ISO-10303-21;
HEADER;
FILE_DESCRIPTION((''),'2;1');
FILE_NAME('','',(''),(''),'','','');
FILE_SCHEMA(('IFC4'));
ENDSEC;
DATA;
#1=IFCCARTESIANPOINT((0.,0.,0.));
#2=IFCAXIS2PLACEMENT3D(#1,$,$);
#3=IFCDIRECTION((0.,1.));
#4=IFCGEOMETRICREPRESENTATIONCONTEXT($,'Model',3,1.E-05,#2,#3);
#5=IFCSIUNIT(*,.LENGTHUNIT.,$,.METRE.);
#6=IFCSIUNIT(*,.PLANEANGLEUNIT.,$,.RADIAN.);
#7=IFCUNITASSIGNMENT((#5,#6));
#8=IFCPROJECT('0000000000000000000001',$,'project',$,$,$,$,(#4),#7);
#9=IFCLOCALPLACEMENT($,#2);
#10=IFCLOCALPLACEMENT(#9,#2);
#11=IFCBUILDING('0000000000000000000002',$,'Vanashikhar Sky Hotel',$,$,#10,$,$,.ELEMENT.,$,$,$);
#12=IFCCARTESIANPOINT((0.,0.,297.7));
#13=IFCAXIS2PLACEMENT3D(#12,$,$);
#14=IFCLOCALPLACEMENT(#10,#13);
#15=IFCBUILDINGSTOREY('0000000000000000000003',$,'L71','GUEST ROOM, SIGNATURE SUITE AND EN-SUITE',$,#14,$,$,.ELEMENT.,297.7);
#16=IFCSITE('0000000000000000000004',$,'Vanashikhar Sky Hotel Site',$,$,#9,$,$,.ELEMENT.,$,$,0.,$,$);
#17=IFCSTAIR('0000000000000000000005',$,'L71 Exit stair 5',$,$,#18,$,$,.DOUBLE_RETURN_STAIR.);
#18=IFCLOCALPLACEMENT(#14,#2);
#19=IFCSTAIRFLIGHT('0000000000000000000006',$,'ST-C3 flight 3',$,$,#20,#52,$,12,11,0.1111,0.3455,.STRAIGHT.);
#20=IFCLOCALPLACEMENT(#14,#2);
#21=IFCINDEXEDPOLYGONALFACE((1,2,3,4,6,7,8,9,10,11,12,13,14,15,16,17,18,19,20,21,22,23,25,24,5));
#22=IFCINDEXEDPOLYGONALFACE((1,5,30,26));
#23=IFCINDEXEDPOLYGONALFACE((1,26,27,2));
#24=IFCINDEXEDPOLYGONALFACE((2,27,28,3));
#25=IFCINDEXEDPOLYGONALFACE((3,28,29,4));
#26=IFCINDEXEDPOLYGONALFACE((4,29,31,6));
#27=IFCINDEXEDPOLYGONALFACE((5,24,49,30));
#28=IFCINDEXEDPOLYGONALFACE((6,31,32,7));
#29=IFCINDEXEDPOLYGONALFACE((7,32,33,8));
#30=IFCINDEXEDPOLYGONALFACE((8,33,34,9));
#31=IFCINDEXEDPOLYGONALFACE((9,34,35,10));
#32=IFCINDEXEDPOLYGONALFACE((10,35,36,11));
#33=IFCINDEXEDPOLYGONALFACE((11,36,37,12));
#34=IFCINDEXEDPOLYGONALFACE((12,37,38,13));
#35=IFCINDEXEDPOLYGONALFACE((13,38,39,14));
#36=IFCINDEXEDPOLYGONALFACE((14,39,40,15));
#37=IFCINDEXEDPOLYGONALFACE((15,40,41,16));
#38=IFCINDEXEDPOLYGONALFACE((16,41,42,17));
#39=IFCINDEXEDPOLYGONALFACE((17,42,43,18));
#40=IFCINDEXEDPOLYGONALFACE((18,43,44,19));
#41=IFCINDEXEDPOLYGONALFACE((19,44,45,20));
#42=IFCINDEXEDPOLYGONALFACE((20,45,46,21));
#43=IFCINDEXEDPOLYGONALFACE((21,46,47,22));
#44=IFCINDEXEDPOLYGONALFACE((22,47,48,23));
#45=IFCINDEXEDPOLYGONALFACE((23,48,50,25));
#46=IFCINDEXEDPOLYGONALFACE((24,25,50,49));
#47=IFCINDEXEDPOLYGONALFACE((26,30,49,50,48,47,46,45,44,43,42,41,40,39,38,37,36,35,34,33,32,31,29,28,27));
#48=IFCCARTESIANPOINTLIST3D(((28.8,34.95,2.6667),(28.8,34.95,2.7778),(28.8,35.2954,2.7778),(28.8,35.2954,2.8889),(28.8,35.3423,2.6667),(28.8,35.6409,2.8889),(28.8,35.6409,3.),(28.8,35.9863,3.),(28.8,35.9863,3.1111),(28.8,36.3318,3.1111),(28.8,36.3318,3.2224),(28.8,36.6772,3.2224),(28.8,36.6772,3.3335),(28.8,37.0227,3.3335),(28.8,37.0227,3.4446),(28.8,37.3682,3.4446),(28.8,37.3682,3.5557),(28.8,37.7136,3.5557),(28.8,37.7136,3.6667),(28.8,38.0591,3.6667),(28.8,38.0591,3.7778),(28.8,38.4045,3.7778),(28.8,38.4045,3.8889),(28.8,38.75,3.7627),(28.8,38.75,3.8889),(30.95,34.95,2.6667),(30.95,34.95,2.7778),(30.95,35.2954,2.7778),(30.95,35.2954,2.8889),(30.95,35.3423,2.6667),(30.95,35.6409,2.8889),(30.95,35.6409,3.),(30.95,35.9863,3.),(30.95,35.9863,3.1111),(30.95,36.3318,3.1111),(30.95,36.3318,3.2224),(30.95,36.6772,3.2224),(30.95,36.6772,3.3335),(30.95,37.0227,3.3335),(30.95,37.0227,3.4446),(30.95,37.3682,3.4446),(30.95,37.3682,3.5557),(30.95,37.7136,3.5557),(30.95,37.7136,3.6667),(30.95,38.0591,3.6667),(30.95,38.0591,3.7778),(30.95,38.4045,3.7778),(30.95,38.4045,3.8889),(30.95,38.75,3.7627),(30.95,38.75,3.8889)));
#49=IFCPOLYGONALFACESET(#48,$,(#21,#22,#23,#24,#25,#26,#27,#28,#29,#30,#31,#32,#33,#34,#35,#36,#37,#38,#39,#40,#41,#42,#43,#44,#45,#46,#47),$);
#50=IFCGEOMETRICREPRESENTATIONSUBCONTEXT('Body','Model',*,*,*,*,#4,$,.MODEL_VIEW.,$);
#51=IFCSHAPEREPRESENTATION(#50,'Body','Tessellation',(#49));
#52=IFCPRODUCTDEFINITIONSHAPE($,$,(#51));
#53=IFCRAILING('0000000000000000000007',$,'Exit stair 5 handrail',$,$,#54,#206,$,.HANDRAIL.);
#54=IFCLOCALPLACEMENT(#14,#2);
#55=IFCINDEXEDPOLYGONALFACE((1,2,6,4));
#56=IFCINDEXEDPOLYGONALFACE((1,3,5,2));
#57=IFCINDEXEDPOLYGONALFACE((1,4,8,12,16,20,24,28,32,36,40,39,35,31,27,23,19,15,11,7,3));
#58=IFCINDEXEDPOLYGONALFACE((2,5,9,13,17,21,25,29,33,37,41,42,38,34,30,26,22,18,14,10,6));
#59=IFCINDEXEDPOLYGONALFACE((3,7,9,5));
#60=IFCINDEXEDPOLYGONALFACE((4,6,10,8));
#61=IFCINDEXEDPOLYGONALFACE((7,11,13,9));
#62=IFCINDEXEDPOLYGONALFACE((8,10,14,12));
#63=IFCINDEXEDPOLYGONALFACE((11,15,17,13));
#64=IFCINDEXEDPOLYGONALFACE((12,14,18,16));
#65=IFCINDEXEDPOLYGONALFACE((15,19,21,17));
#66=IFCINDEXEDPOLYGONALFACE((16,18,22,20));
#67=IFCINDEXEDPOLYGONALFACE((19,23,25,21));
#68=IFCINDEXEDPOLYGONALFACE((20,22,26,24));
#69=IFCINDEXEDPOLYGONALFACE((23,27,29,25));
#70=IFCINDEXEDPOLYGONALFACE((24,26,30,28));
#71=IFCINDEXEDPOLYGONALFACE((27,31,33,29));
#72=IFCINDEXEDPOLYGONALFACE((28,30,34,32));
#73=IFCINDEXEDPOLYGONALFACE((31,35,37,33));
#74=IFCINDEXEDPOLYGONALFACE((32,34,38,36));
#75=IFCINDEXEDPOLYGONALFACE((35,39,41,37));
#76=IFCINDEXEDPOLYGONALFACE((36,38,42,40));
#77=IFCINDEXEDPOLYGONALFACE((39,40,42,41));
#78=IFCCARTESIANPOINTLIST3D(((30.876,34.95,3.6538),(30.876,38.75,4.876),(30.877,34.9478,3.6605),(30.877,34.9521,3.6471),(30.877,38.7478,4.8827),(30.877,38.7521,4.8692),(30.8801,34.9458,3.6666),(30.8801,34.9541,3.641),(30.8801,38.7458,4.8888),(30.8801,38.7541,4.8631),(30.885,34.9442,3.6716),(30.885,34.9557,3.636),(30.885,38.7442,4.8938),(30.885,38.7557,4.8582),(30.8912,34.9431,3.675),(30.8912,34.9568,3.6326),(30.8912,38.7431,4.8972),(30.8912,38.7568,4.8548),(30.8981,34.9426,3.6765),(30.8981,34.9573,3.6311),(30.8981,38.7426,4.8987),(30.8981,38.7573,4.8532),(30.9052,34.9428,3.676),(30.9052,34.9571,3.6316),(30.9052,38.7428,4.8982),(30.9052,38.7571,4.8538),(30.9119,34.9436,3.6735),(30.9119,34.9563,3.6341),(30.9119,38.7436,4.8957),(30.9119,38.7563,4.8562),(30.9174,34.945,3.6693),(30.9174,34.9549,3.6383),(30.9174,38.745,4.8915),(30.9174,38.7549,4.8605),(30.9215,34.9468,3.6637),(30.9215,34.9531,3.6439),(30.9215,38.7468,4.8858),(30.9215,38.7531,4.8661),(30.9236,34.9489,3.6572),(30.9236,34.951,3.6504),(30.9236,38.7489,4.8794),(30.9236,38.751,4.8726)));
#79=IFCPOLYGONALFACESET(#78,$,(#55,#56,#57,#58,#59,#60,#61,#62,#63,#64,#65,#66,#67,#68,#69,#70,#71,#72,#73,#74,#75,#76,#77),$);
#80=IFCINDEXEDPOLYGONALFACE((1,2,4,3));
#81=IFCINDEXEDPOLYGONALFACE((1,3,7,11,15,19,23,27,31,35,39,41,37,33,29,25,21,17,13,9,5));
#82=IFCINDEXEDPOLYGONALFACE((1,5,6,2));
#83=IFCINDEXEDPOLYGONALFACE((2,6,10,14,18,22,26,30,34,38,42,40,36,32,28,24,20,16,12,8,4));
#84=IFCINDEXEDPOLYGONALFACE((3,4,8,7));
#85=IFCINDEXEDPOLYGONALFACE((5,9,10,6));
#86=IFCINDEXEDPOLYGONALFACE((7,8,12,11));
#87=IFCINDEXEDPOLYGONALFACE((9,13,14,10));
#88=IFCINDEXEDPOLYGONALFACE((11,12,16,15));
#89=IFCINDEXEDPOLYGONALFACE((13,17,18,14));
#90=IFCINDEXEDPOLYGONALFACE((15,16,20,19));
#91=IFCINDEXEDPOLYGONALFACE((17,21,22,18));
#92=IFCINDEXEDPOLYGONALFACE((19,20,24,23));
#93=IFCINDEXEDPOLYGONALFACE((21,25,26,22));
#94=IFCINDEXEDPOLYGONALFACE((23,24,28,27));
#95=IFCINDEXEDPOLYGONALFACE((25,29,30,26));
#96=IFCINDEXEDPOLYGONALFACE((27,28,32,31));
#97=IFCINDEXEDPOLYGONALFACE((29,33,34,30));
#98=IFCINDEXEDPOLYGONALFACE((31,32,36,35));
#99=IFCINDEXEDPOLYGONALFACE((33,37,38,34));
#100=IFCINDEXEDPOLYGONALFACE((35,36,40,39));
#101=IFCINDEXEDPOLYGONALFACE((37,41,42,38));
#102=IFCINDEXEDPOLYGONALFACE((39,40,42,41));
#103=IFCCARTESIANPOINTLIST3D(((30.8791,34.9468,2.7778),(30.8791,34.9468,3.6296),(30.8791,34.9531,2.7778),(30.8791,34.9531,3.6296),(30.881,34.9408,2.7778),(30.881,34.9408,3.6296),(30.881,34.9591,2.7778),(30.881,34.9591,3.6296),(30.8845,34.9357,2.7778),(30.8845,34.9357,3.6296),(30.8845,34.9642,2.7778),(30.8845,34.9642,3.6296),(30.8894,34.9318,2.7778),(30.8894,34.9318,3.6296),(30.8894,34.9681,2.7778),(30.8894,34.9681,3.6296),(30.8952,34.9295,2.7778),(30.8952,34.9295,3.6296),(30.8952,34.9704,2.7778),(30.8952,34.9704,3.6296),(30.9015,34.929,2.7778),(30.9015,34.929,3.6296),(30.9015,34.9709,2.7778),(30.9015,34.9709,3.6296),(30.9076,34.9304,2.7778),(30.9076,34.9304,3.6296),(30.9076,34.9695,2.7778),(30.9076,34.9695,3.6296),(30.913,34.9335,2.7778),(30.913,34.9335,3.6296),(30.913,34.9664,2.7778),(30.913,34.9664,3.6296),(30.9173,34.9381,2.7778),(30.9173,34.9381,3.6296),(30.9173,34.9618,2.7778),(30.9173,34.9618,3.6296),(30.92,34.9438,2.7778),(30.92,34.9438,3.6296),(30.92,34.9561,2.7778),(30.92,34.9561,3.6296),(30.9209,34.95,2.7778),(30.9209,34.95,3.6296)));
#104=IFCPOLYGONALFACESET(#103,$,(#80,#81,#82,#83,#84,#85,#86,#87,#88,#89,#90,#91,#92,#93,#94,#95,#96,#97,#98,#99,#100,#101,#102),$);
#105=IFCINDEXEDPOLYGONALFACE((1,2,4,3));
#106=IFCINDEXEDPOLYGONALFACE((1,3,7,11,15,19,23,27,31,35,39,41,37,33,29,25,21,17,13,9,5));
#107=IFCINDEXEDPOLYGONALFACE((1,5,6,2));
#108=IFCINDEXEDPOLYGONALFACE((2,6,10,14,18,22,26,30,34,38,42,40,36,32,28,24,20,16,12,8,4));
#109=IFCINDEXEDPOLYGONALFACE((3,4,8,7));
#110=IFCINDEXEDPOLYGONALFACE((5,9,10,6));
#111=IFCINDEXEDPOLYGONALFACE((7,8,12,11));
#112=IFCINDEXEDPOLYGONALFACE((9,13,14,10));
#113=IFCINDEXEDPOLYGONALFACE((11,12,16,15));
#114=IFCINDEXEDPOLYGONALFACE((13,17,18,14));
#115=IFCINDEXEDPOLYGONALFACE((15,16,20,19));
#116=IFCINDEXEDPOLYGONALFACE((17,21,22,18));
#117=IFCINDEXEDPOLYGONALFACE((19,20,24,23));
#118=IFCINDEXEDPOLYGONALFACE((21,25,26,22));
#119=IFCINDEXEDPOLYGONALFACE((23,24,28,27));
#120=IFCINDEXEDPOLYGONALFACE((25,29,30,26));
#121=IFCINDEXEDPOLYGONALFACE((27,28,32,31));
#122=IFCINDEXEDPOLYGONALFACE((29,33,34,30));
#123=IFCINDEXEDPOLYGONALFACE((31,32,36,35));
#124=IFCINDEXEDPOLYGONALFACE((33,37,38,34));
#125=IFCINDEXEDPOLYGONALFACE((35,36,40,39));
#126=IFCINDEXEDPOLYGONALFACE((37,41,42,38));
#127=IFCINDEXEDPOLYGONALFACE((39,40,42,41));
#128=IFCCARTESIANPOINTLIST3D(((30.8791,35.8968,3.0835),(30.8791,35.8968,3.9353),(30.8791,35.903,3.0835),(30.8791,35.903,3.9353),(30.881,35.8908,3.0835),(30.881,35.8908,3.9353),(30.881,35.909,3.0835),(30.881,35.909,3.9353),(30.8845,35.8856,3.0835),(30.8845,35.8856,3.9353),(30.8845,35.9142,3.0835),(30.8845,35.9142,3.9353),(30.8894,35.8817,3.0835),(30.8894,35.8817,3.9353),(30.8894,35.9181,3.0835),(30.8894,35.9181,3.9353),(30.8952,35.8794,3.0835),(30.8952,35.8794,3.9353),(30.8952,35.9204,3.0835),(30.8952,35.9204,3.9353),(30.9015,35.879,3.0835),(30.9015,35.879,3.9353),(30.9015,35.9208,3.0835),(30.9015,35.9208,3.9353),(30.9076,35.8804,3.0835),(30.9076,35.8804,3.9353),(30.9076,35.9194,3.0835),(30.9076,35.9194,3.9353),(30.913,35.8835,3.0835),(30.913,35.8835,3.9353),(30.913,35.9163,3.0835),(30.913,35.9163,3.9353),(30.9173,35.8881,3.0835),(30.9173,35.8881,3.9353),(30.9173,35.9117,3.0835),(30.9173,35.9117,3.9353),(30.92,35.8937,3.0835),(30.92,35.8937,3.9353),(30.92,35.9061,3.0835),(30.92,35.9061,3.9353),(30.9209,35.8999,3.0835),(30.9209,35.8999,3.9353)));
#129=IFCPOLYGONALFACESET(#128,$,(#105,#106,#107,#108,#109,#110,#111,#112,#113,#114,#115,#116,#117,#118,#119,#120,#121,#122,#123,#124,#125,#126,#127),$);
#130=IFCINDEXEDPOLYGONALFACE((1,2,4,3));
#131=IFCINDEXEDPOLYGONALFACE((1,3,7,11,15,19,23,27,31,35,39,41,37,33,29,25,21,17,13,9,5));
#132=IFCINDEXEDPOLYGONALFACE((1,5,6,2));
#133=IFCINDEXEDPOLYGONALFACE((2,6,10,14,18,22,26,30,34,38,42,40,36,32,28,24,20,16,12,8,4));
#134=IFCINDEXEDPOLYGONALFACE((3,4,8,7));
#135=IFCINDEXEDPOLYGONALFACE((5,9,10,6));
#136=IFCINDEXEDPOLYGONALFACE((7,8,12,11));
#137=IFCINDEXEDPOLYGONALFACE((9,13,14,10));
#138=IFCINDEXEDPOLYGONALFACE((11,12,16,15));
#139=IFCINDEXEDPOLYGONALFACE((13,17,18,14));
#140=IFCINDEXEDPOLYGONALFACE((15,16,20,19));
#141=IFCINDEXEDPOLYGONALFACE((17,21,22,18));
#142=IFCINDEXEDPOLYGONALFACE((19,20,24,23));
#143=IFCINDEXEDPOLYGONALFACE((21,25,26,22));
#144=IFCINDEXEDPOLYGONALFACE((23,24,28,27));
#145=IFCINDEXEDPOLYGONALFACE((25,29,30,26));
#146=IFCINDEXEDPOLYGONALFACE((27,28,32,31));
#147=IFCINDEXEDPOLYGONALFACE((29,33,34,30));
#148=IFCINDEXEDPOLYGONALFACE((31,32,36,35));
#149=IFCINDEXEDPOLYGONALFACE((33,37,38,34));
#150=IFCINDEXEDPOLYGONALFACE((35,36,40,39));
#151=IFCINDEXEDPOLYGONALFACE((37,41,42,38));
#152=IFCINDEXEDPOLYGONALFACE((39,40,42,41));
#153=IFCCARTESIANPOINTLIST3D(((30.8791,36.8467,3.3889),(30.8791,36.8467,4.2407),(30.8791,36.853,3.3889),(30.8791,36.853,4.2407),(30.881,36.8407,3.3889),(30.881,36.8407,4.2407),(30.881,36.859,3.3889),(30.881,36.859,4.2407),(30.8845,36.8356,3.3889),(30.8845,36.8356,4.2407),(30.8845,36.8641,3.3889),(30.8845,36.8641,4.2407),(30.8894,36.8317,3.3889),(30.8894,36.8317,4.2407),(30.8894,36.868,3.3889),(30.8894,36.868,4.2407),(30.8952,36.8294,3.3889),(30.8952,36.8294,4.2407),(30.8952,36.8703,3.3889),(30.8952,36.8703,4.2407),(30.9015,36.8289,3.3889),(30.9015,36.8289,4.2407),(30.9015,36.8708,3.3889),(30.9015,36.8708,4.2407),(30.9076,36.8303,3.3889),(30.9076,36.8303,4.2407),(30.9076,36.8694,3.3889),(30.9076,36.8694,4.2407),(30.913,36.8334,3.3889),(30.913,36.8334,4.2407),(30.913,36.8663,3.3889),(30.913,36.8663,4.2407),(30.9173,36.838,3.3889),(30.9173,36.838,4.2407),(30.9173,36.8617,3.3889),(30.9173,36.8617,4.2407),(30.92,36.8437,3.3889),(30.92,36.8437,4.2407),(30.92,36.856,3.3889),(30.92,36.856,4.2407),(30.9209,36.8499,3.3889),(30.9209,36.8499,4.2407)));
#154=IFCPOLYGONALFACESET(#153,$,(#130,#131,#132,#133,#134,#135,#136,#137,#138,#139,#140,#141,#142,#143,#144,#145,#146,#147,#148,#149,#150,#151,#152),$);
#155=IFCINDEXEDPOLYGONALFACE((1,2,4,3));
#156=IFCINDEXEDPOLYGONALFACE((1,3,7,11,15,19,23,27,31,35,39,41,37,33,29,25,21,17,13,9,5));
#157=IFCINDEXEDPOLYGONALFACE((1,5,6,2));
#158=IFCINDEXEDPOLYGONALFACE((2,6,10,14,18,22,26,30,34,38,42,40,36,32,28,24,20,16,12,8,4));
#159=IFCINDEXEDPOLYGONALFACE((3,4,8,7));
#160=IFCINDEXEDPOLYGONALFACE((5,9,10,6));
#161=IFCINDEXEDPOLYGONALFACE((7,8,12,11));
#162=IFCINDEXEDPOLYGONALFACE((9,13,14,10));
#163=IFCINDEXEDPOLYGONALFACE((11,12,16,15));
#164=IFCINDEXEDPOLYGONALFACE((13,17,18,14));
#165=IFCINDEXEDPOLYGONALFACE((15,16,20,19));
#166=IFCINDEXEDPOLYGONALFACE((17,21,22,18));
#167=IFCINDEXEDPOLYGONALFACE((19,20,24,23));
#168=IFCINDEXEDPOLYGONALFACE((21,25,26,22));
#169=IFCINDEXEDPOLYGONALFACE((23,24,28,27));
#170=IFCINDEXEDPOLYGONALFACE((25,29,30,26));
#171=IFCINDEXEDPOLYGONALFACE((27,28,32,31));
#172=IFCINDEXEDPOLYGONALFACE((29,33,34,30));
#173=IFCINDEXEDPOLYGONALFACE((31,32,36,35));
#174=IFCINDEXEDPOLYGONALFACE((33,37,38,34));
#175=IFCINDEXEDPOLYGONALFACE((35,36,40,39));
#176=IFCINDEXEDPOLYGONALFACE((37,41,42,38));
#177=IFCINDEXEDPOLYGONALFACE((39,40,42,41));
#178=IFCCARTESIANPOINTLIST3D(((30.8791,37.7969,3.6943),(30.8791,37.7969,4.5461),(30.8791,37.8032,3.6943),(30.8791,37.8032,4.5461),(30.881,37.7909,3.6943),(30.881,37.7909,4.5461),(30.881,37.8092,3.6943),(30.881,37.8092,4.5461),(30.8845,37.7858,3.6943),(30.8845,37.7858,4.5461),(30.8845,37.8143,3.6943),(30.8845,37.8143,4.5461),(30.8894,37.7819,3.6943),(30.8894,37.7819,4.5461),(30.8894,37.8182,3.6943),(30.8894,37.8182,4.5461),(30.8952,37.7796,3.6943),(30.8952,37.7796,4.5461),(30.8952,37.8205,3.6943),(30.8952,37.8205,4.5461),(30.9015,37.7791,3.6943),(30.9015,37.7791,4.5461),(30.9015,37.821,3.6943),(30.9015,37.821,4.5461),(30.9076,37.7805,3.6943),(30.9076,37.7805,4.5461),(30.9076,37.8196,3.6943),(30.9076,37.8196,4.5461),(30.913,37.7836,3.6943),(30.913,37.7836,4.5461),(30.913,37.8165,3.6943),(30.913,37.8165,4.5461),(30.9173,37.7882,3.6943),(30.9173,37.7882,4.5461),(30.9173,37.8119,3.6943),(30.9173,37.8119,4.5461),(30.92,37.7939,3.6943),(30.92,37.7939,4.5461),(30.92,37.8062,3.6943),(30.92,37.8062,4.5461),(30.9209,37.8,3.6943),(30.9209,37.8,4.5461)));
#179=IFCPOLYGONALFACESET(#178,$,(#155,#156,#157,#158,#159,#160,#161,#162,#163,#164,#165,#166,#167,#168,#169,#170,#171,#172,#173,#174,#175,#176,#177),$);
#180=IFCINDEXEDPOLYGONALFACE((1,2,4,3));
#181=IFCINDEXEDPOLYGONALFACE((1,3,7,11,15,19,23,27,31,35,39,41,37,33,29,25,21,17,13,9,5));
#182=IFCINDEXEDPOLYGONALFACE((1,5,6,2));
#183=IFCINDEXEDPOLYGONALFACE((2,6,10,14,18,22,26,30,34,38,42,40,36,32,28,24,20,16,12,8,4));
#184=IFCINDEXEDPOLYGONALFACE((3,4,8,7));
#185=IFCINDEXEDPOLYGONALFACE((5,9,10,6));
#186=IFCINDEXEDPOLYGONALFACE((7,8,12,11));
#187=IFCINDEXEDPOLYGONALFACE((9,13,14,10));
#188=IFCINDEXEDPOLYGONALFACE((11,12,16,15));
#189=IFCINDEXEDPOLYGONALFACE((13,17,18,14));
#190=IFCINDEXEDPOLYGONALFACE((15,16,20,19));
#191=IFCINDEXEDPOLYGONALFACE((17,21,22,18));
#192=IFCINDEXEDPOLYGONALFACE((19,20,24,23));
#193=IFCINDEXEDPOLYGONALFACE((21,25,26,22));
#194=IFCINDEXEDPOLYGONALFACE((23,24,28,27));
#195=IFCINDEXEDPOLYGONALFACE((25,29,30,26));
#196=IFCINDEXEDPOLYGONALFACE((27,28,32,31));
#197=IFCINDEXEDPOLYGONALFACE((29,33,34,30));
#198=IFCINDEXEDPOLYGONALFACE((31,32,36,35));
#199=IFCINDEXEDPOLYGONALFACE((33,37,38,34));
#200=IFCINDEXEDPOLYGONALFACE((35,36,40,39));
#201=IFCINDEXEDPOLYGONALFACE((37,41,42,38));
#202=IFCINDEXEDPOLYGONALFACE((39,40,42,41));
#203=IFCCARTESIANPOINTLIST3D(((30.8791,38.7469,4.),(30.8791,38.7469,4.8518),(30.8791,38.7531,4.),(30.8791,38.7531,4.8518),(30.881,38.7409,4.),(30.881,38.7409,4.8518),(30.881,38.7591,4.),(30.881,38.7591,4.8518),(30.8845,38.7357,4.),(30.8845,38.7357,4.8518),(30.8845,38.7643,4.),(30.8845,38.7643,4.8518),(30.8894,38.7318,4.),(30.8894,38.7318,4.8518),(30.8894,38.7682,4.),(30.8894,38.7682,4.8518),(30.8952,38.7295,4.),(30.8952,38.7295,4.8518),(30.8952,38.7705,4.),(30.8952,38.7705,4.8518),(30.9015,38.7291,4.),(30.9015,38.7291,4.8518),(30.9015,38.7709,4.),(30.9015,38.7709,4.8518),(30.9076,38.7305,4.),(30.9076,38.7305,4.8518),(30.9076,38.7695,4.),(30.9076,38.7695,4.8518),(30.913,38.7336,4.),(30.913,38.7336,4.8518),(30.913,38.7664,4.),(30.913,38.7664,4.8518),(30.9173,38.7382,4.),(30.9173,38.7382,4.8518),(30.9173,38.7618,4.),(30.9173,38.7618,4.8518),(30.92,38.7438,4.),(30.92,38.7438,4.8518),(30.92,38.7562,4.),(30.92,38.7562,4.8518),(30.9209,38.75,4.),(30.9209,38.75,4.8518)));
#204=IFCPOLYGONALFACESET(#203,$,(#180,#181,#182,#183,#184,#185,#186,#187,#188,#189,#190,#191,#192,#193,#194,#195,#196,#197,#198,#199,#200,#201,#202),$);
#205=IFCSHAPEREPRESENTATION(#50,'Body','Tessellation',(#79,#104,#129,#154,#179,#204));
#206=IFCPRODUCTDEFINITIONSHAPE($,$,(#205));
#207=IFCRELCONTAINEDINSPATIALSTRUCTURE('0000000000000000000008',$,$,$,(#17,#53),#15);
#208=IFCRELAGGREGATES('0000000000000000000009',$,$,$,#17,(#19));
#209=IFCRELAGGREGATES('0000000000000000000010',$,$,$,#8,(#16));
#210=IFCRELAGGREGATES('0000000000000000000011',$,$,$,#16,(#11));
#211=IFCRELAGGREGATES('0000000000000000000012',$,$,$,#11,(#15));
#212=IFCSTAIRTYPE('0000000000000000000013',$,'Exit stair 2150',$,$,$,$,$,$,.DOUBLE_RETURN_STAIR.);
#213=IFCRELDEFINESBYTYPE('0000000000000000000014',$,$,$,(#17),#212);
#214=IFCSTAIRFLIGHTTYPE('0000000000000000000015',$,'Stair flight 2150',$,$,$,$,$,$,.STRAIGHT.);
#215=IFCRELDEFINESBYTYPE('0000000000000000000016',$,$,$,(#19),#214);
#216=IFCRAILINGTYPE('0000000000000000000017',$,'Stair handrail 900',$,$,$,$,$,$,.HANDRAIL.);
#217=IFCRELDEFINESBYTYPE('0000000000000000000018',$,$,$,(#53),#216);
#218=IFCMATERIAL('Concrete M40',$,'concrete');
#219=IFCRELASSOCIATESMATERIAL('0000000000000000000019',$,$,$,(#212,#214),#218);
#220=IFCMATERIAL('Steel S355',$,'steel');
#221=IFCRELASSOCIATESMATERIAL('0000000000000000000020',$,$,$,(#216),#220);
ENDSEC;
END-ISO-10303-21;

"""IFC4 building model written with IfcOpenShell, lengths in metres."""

from ifc_helpers import new_model, si_unit, direction, frame, origin, origin_2d, place, context, subcontext, project, spatial, polyline, circle, outline, extrude, source, transform, mapped, material, type_object, element, aggregate, save


model = new_model("IFC4")

# Units and contexts
model_context = context("Model", 3, precision=1e-05, world=origin(), true_north=direction((0.0, 1.0)))
body_context = subcontext(model_context, "Body", "Model", "MODEL_VIEW")
ifc_project = project(units=[si_unit("LENGTHUNIT", "METRE"), si_unit("PLANEANGLEUNIT", "RADIAN")], contexts=[model_context])

# Site, building, storey
site_placement = place(None, origin())
site = spatial("IfcSite", under=ifc_project, at=site_placement, Name="Vanashikhar Sky Hotel Site", CompositionType="ELEMENT", RefElevation=0.0)
building_placement = place(site_placement, origin())
building = spatial("IfcBuilding", under=site, at=building_placement, Name="Vanashikhar Sky Hotel", CompositionType="ELEMENT")
storey_placement = place(building_placement, frame((0.0, 0.0, 297.7)))
storey = spatial("IfcBuildingStorey", under=building, at=storey_placement, Name="L71", Description="GUEST ROOM, SIGNATURE SUITE AND EN-SUITE", CompositionType="ELEMENT", Elevation=297.7)

# Shared definitions
ifc_material_1 = material(Name="Concrete M40", Category="concrete")

# Shared definitions
stair_type = type_object("IfcStairType", Name="Exit stair 2150", PredefinedType="DOUBLE_RETURN_STAIR", material=ifc_material_1)
stair_flight_type = type_object("IfcStairFlightType", Name="Stair flight 2150", PredefinedType="STRAIGHT", material=ifc_material_1)
shared_shape_1 = source(origin(), body_context, "Body", "SweptSolid", [
    extrude(outline(polyline([(0.0, 0.0), (0.0, 0.1111), (0.3455, 0.1111), (0.3455, 0.2222), (0.6909, 0.2222), (0.6909, 0.3333), (1.0364, 0.3333), (1.0364, 0.4443), (1.3818, 0.4443), (1.3818, 0.5557), (1.7273, 0.5557), (1.7273, 0.6667), (2.0728, 0.6667), (2.0728, 0.7778), (2.4182, 0.7778), (2.4182, 0.8889), (2.7637, 0.8889), (2.7637, 1.0), (3.1091, 1.0), (3.1091, 1.1111), (3.4546, 1.1111), (3.4546, 1.2222), (3.8, 1.2222), (3.8, 1.3333), (3.8, 1.0959), (0.3923, 0.0), (0.0, 0.0)])), frame((0.0, 1.075, 0.0), z_axis=(0.0, -1.0, 0.0), x_axis=(1.0, 0.0, 0.0)), (0.0, 0.0, 1.0), 2.1499),
])

# Stair, stair flight
stair_1_placement = place(storey_placement, origin())
stair_1 = element("IfcStair", 1, at=stair_1_placement, inside=storey, type_object=stair_type, Name="L71 Exit stair 5", PredefinedType="DOUBLE_RETURN_STAIR")
stair_flight_1_placement = place(storey_placement, frame((29.875, 34.95, 2.6667), z_axis=(0.0, 0.0, 1.0), x_axis=(0.0, 1.0, 0.0)))
stair_flight_1 = element("IfcStairFlight", 2, at=stair_flight_1_placement, type_object=stair_flight_type, Name="ST-C3 flight 3", NumberOfRisers=12, NumberOfTreads=11, PredefinedType="STRAIGHT", RiserHeight=0.1111, TreadLength=0.3455, context=body_context, shape_type="MappedRepresentation", body=[
    mapped(shared_shape_1, transform((0.0, 0.0, 0.0), scale=1.0)),
])
aggregate(stair_1, [stair_flight_1])

# Railing
ifc_material_2 = material(Name="Steel S355", Category="steel")
railing_type_1 = type_object("IfcRailingType", Name="Stair handrail 900", PredefinedType="HANDRAIL", material=ifc_material_2)
shared_shape_2 = source(origin(), body_context, "Body", "SweptSolid", [
    extrude(circle(Radius=0.0239, at=origin_2d()), frame((0.0, 0.0, 0.876), z_axis=(0.0, 0.951976, 0.306173), x_axis=(-1.0, 0.0, 0.0)), (0.0, 0.0, 1.0), 3.9917),
    extrude(circle(Radius=0.021, at=origin_2d()), origin(), (0.0, 0.0, 1.0), 0.8518),
    extrude(circle(Radius=0.021, at=origin_2d()), frame((0.0, 0.95, 0.3057)), (0.0, 0.0, 1.0), 0.8518),
    extrude(circle(Radius=0.021, at=origin_2d()), frame((0.0, 1.8999, 0.6111)), (0.0, 0.0, 1.0), 0.8518),
    extrude(circle(Radius=0.021, at=origin_2d()), frame((0.0, 2.8501, 0.9165)), (0.0, 0.0, 1.0), 0.8518),
    extrude(circle(Radius=0.021, at=origin_2d()), frame((0.0, 3.8, 1.2222)), (0.0, 0.0, 1.0), 0.8518),
])
railing_1_placement = place(storey_placement, frame((30.8999, 34.95, 2.7778)))
element("IfcRailing", 3, at=railing_1_placement, inside=storey, type_object=railing_type_1, Name="Exit stair 5 handrail", PredefinedType="HANDRAIL", context=body_context, shape_type="MappedRepresentation", body=[
    mapped(shared_shape_2, transform((0.0, 0.0, 0.0), scale=1.0)),
])

save(model, "model.ifc")
